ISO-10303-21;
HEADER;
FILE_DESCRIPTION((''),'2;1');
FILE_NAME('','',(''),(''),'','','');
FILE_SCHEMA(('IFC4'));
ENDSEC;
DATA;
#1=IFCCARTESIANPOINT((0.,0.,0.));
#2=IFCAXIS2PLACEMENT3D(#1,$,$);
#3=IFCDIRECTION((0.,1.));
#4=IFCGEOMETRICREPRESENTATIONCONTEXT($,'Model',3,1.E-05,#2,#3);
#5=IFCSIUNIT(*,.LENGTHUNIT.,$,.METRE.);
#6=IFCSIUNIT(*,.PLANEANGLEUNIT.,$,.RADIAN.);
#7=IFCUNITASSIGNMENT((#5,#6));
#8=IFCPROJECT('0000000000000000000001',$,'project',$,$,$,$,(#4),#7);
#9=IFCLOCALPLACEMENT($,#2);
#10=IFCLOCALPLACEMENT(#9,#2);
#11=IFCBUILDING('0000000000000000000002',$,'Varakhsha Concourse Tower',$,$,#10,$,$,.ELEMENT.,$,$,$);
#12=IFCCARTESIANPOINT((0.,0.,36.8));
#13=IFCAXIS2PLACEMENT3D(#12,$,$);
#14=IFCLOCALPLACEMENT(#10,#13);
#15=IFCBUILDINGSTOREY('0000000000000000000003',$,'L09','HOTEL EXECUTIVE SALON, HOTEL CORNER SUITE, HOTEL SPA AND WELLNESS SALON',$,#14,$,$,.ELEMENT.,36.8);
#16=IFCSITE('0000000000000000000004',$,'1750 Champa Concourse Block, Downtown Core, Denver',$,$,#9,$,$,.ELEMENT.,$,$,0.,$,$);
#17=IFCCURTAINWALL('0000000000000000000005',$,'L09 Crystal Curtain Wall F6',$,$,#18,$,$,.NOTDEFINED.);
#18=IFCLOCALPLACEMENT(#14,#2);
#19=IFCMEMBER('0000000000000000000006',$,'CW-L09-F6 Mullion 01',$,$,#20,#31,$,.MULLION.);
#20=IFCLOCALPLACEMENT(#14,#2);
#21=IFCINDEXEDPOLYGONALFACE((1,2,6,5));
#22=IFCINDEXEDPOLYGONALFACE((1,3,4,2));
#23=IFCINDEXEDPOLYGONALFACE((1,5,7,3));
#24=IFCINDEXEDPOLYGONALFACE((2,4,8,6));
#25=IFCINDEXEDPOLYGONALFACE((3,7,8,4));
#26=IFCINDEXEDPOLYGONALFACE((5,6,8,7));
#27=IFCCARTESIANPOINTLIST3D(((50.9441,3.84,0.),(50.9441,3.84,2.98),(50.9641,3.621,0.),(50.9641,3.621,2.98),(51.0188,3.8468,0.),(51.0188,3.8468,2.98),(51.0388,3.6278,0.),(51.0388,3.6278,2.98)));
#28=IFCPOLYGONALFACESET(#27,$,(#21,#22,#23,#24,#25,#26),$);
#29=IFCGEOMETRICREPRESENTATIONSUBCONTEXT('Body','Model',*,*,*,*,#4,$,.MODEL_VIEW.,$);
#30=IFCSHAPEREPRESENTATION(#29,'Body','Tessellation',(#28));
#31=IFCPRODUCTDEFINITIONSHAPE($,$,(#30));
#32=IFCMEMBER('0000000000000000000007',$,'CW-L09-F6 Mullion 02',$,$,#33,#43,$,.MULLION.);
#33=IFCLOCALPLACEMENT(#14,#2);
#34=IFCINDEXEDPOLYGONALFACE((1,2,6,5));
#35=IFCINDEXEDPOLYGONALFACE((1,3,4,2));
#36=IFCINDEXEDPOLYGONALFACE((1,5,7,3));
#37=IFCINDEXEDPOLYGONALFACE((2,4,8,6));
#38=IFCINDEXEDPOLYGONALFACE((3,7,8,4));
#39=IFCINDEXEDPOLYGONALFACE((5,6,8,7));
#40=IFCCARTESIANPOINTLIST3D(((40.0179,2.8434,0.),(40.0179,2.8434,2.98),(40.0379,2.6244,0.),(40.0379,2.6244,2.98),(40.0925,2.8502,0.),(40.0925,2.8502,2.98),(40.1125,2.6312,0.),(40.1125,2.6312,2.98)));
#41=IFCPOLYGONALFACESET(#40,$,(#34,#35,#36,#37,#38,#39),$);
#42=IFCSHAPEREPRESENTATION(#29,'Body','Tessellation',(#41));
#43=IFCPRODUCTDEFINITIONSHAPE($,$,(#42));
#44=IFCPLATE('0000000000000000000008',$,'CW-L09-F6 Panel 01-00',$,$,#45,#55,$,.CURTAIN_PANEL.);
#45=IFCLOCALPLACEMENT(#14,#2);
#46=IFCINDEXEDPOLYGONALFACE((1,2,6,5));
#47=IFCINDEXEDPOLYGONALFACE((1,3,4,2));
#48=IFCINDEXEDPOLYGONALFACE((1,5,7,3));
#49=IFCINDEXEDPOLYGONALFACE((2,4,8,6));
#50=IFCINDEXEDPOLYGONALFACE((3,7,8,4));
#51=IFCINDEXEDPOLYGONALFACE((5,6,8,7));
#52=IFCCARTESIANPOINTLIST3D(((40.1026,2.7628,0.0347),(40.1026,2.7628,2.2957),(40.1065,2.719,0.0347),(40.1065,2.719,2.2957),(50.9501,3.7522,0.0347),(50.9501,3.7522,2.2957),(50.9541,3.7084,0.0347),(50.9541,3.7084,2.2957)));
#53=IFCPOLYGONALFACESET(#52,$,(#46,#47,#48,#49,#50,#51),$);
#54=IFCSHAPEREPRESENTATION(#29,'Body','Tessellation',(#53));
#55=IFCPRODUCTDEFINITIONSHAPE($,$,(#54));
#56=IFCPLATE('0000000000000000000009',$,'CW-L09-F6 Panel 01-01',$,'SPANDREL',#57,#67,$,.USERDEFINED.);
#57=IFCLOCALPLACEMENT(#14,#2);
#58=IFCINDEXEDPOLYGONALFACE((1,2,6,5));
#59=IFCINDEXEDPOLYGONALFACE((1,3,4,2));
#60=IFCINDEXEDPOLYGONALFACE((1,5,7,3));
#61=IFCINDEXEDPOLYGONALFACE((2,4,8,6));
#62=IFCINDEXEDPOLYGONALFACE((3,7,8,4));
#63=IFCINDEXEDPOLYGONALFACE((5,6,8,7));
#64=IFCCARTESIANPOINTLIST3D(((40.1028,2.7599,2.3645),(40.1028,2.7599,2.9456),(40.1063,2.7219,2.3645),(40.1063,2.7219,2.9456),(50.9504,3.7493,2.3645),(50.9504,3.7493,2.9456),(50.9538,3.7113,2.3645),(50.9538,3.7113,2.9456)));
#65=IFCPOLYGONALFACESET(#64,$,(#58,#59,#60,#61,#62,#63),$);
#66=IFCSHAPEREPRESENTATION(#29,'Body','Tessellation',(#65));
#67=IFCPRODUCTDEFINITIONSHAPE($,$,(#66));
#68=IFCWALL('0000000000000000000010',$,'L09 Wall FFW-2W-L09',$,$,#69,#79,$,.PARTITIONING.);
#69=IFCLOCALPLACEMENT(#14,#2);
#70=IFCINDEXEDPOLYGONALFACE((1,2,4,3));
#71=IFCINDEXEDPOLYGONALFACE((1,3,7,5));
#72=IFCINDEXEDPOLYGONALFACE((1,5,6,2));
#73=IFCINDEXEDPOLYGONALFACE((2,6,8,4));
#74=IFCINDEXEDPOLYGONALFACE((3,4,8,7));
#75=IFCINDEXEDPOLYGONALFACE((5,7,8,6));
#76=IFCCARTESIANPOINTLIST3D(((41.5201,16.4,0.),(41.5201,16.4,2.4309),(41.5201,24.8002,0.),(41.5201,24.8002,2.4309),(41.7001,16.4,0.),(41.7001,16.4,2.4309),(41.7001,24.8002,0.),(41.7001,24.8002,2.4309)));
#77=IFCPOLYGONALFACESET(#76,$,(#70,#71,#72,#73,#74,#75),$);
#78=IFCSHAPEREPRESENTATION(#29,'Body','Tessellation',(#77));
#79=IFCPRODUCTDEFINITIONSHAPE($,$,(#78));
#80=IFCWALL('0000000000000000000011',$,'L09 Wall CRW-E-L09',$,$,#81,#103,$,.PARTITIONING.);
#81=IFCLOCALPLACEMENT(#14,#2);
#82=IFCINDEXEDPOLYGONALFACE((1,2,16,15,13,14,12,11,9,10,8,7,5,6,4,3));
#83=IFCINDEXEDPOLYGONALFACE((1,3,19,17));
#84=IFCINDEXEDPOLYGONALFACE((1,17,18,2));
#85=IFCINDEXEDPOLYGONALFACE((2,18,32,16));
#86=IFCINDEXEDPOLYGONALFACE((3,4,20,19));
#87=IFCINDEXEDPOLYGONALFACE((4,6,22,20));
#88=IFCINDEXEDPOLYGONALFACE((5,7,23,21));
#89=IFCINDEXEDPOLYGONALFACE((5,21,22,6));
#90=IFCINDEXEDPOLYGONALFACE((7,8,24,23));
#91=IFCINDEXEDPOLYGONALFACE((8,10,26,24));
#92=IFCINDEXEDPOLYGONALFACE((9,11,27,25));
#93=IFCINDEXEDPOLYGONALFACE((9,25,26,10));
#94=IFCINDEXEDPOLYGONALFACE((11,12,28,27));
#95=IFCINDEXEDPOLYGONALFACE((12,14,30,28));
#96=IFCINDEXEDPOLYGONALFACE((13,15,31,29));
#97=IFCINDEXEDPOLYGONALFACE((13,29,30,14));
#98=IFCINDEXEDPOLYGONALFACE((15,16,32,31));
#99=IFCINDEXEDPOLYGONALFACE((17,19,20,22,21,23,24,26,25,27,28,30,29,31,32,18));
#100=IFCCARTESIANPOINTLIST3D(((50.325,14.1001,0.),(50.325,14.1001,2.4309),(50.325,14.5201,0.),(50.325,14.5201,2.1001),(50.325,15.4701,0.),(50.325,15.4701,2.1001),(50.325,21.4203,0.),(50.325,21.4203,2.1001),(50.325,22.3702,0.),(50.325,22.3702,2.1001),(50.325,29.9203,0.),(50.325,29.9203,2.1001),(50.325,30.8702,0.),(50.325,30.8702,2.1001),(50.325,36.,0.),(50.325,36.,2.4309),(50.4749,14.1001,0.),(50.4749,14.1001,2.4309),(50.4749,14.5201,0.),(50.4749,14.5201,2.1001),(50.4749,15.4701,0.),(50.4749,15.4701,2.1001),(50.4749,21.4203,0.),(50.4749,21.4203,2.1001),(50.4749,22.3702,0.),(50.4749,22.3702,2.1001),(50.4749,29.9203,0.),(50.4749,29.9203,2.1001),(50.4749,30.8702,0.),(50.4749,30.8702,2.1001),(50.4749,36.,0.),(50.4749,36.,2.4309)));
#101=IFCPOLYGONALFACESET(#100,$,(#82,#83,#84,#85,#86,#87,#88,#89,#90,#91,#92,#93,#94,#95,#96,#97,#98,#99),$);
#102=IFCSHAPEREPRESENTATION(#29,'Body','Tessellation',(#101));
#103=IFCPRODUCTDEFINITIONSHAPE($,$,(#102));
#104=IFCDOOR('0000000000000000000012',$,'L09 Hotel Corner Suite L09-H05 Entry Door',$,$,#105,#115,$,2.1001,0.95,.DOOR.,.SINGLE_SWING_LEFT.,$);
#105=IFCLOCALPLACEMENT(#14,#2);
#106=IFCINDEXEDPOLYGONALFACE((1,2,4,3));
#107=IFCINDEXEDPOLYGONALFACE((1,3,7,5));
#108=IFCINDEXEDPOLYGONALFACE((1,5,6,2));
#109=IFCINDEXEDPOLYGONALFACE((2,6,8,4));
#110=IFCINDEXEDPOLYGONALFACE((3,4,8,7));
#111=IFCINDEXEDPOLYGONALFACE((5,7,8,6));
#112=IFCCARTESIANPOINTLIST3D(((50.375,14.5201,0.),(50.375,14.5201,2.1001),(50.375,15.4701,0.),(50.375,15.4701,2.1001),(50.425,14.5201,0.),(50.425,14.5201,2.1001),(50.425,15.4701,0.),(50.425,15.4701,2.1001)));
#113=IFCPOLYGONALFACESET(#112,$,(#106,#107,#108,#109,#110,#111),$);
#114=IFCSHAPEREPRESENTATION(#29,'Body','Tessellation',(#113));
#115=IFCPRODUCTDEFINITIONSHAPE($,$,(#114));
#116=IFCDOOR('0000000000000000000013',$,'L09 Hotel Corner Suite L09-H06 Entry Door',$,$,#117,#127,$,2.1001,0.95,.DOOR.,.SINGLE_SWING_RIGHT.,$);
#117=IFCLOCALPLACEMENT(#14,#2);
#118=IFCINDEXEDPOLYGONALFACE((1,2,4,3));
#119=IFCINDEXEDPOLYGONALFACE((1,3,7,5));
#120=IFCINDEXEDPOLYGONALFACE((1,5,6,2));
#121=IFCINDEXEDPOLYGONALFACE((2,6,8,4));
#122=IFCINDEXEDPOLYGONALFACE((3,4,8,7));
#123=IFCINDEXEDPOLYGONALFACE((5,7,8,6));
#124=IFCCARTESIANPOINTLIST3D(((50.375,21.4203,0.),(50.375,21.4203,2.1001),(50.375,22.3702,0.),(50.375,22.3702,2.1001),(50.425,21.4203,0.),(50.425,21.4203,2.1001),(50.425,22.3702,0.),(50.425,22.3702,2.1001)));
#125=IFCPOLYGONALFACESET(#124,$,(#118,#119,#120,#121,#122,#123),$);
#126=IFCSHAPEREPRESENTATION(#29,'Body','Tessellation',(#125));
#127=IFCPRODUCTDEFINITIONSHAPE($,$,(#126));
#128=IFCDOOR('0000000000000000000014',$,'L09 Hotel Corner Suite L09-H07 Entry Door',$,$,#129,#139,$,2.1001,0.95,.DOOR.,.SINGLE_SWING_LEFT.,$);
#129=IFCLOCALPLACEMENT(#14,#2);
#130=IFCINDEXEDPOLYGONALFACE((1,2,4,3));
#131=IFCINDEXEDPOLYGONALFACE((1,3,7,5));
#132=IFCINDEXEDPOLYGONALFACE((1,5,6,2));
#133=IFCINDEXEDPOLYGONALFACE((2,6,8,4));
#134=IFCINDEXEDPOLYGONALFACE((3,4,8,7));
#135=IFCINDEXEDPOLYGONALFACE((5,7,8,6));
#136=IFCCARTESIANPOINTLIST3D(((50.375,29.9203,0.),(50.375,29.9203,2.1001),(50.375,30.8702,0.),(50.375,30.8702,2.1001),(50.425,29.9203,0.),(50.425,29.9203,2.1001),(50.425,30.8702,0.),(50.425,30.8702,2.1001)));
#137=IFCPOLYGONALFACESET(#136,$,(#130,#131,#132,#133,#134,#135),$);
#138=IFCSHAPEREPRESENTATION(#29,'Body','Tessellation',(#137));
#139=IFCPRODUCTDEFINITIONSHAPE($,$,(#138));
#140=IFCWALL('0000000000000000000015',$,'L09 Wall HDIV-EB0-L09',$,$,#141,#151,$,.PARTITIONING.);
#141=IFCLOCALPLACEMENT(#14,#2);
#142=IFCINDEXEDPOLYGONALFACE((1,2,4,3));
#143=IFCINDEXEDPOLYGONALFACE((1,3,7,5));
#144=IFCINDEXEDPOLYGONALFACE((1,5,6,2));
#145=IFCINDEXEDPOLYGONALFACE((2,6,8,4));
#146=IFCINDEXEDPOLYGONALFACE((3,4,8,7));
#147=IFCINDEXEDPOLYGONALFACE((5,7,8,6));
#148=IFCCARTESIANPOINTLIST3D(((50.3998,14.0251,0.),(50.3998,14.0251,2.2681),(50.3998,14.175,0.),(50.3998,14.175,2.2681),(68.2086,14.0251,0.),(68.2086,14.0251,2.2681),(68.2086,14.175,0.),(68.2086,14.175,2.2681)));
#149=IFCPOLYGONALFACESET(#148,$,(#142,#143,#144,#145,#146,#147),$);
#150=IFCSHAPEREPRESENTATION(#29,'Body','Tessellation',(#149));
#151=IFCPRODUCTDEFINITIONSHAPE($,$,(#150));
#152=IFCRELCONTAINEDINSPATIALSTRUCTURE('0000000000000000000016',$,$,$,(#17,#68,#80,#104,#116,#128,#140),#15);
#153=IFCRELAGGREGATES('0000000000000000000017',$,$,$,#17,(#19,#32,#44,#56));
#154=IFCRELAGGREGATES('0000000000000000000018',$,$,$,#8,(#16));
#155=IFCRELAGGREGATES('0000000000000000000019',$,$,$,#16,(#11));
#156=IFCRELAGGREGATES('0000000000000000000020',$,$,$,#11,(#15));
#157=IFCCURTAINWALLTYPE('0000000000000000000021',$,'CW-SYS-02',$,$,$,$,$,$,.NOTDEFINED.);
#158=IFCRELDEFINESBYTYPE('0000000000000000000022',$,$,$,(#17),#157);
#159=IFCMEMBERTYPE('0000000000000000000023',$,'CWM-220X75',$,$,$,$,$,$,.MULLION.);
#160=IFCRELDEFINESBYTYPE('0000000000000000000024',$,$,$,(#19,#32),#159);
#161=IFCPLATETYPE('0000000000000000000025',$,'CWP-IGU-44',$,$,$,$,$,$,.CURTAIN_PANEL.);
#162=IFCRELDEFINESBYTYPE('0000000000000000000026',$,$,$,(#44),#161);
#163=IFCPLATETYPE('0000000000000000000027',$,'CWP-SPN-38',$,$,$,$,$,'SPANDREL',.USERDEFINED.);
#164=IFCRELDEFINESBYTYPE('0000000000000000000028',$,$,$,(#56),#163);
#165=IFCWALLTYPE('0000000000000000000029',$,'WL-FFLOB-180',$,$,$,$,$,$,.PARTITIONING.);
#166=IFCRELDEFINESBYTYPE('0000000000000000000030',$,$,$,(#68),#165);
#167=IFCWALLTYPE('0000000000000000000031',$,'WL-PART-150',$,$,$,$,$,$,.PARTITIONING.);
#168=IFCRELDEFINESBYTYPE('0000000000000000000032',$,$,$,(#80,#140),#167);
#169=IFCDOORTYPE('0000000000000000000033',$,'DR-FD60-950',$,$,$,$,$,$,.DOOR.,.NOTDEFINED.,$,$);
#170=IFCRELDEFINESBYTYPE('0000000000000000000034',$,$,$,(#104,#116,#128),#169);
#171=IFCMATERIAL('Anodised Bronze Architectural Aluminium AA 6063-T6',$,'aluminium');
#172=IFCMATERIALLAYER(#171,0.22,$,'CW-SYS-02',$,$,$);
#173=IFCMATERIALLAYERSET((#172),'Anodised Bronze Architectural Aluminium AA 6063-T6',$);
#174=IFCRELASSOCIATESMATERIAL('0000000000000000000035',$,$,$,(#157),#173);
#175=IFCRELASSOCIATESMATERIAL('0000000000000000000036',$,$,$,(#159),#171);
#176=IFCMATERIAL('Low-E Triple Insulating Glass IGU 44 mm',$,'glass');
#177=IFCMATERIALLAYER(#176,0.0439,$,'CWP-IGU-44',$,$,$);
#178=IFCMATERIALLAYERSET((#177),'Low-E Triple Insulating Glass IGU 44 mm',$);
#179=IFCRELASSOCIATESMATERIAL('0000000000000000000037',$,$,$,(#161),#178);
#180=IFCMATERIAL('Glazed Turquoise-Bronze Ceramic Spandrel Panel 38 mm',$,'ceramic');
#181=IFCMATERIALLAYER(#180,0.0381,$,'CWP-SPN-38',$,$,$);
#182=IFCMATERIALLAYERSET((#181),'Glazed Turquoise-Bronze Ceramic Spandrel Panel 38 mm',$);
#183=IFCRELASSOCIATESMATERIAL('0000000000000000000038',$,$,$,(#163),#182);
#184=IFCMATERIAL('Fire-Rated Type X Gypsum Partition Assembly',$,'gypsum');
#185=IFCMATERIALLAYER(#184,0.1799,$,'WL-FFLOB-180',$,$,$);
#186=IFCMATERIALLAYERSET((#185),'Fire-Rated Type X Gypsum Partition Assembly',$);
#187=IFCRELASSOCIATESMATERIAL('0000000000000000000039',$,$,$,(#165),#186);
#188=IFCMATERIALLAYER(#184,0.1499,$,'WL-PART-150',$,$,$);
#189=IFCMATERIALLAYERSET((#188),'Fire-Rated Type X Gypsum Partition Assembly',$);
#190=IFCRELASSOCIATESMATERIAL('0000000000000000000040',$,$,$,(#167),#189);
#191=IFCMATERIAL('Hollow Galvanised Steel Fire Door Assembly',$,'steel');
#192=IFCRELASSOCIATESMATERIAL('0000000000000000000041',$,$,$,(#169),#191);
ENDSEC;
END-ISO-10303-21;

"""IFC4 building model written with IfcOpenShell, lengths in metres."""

from ifc_helpers import new_model, si_unit, direction, frame, frame_2d, origin, origin_2d, place, context, subcontext, project, spatial, rectangle, extrude, source, transform, mapped, material, layer, layer_set, material_profile, profile_set, type_object, type_shapes, element, fill, aggregate, save


model = new_model("IFC4")

# Units and contexts
model_context = context("Model", 3, precision=1e-05, world=origin(), true_north=direction((0.0, 1.0)))
body_context = subcontext(model_context, "Body", "Model", "MODEL_VIEW")
ifc_project = project(units=[si_unit("LENGTHUNIT", "METRE"), si_unit("PLANEANGLEUNIT", "RADIAN")], contexts=[model_context])

# Site, building, storey
site_placement = place(None, origin())
site = spatial("IfcSite", under=ifc_project, at=site_placement, Name="1750 Champa Concourse Block, Downtown Core, Denver", CompositionType="ELEMENT", RefElevation=0.0)
building_placement = place(site_placement, origin())
building = spatial("IfcBuilding", under=site, at=building_placement, Name="Varakhsha Concourse Tower", CompositionType="ELEMENT")
storey_placement = place(building_placement, frame((0.0, 0.0, 36.8)))
storey = spatial("IfcBuildingStorey", under=building, at=storey_placement, Name="L09", Description="HOTEL EXECUTIVE SALON, HOTEL CORNER SUITE, HOTEL SPA AND WELLNESS SALON", CompositionType="ELEMENT", Elevation=36.8)

# Curtain wall, members, plates
ifc_material_1 = material(Name="Anodised Bronze Architectural Aluminium AA 6063-T6", Category="aluminium")
ifc_layer_1 = layer(ifc_material_1, 0.22, Name="CW-SYS-02")
ifc_layer_set_1 = layer_set([ifc_layer_1], Name="Anodised Bronze Architectural Aluminium AA 6063-T6")
curtain_wall_type = type_object("IfcCurtainWallType", Name="CW-SYS-02", PredefinedType="NOTDEFINED", material=ifc_layer_set_1)
curtain_wall_placement = place(storey_placement, origin())
curtain_wall = element("IfcCurtainWall", 1, at=curtain_wall_placement, inside=storey, type_object=curtain_wall_type, Name="L09 Crystal Curtain Wall F6", PredefinedType="NOTDEFINED")
ifc_material_profile_1 = material_profile(ifc_material_1, rectangle(XDim=0.075, YDim=0.22, at=origin_2d()), Name="CWM-220X75")
ifc_profile_set_1 = profile_set([ifc_material_profile_1], Name="Anodised Bronze Architectural Aluminium AA 6063-T6")
member_type = type_object("IfcMemberType", Name="CWM-220X75", PredefinedType="MULLION", material=ifc_profile_set_1)
shared_shape_1 = source(origin(), body_context, "Body", "SweptSolid", [
    extrude(rectangle(XDim=0.075, YDim=0.22, at=origin_2d()), origin(), (0.0, 0.0, 1.0), 2.98),
])
type_shapes(member_type, [shared_shape_1])
member_1_placement = place(storey_placement, frame((50.9915, 3.7339, 0.0), z_axis=(0.0, 0.0, 1.0), x_axis=(-0.995866, -0.090834, 0.0)))
member_1 = element("IfcMember", 2, at=member_1_placement, type_object=member_type, Name="CW-L09-F6 Mullion 01", PredefinedType="MULLION", context=body_context, shape_type="MappedRepresentation", body=[
    mapped(shared_shape_1, transform((0.0, 0.0, 0.0), scale=1.0)),
])
member_2_placement = place(storey_placement, frame((40.0652, 2.7373, 0.0), z_axis=(0.0, 0.0, 1.0), x_axis=(-0.995866, -0.090834, 0.0)))
member_2 = element("IfcMember", 3, at=member_2_placement, type_object=member_type, Name="CW-L09-F6 Mullion 02", PredefinedType="MULLION", context=body_context, shape_type="MappedRepresentation", body=[
    mapped(shared_shape_1, transform((0.0, 0.0, 0.0), scale=1.0)),
])
ifc_material_2 = material(Name="Low-E Triple Insulating Glass IGU 44 mm", Category="glass")
ifc_layer_2 = layer(ifc_material_2, 0.0439, Name="CWP-IGU-44")
ifc_layer_set_2 = layer_set([ifc_layer_2], Name="Low-E Triple Insulating Glass IGU 44 mm")
plate_type_1 = type_object("IfcPlateType", Name="CWP-IGU-44", PredefinedType="CURTAIN_PANEL", material=ifc_layer_set_2)
shared_shape_2 = source(origin(), body_context, "Body", "SweptSolid", [
    extrude(rectangle(XDim=10.8926, YDim=0.0439, at=origin_2d()), origin(), (0.0, 0.0, 1.0), 2.261),
])
type_shapes(plate_type_1, [shared_shape_2])
plate_1_placement = place(storey_placement, frame((45.5283, 3.2356, 0.0347), z_axis=(0.0, 0.0, 1.0), x_axis=(-0.995866, -0.090834, 0.0)))
plate_1 = element("IfcPlate", 4, at=plate_1_placement, type_object=plate_type_1, Name="CW-L09-F6 Panel 01-00", PredefinedType="CURTAIN_PANEL", context=body_context, shape_type="MappedRepresentation", body=[
    mapped(shared_shape_2, transform((0.0, 0.0, 0.0), scale=1.0)),
])
ifc_material_3 = material(Name="Glazed Turquoise-Bronze Ceramic Spandrel Panel 38 mm", Category="ceramic")
ifc_layer_3 = layer(ifc_material_3, 0.0381, Name="CWP-SPN-38")
ifc_layer_set_3 = layer_set([ifc_layer_3], Name="Glazed Turquoise-Bronze Ceramic Spandrel Panel 38 mm")
plate_type_2 = type_object("IfcPlateType", Name="CWP-SPN-38", ElementType="SPANDREL", PredefinedType="USERDEFINED", material=ifc_layer_set_3)
shared_shape_3 = source(origin(), body_context, "Body", "SweptSolid", [
    extrude(rectangle(XDim=10.8926, YDim=0.0381, at=origin_2d()), origin(), (0.0, 0.0, 1.0), 0.5811),
])
type_shapes(plate_type_2, [shared_shape_3])
plate_2_placement = place(storey_placement, frame((45.5283, 3.2356, 2.3645), z_axis=(0.0, 0.0, 1.0), x_axis=(-0.995866, -0.090834, 0.0)))
plate_2 = element("IfcPlate", 5, at=plate_2_placement, type_object=plate_type_2, Name="CW-L09-F6 Panel 01-01", ObjectType="SPANDREL", PredefinedType="USERDEFINED", context=body_context, shape_type="MappedRepresentation", body=[
    mapped(shared_shape_3, transform((0.0, 0.0, 0.0), scale=1.0)),
])
aggregate(curtain_wall, [member_1, member_2, plate_1, plate_2])

# Wall
ifc_material_4 = material(Name="Fire-Rated Type X Gypsum Partition Assembly", Category="gypsum")
ifc_layer_4 = layer(ifc_material_4, 0.1799, Name="WL-FFLOB-180")
ifc_layer_set_4 = layer_set([ifc_layer_4], Name="Fire-Rated Type X Gypsum Partition Assembly")
wall_type_1 = type_object("IfcWallType", Name="WL-FFLOB-180", PredefinedType="PARTITIONING", material=ifc_layer_set_4)
wall_1_placement = place(storey_placement, frame((41.6101, 16.3999, 0.0), z_axis=(0.0, 0.0, 1.0), x_axis=(0.0, 1.0, 0.0)))
element("IfcWall", 6, at=wall_1_placement, inside=storey, type_object=wall_type_1, Name="L09 Wall FFW-2W-L09", PredefinedType="PARTITIONING", context=body_context, shape_type="SweptSolid", body=[
    extrude(rectangle(XDim=8.4001, YDim=0.1799, at=frame_2d((4.2002, 0.0))), origin(), (0.0, 0.0, 1.0), 2.4309),
])

# Wall, openings, doors
ifc_layer_5 = layer(ifc_material_4, 0.1499, Name="WL-PART-150")
ifc_layer_set_5 = layer_set([ifc_layer_5], Name="Fire-Rated Type X Gypsum Partition Assembly")
wall_type_2 = type_object("IfcWallType", Name="WL-PART-150", PredefinedType="PARTITIONING", material=ifc_layer_set_5)
wall_2_placement = place(storey_placement, frame((50.3999, 14.1001, 0.0), z_axis=(0.0, 0.0, 1.0), x_axis=(0.0, 1.0, 0.0)))
wall_2 = element("IfcWall", 7, at=wall_2_placement, inside=storey, type_object=wall_type_2, Name="L09 Wall CRW-E-L09", PredefinedType="PARTITIONING", context=body_context, shape_type="SweptSolid", body=[
    extrude(rectangle(XDim=21.8999, YDim=0.1499, at=frame_2d((10.95, 0.0))), origin(), (0.0, 0.0, 1.0), 2.4309),
])
opening_1_placement = place(wall_2_placement, frame((0.4199, 0.0, 0.0)))
opening_1 = element("IfcOpeningElement", 8, at=opening_1_placement, cuts=wall_2, PredefinedType="OPENING", context=body_context, shape_type="SweptSolid", body=[
    extrude(rectangle(XDim=0.95, YDim=2.1001, at=frame_2d((0.4751, 1.05))), frame((0.0, 0.085, 0.0), z_axis=(0.0, -1.0, 0.0), x_axis=(1.0, 0.0, 0.0)), (0.0, 0.0, 1.0), 0.1699),
])
opening_2_placement = place(wall_2_placement, frame((7.3201, 0.0, 0.0)))
opening_2 = element("IfcOpeningElement", 9, at=opening_2_placement, cuts=wall_2, PredefinedType="OPENING", context=body_context, shape_type="SweptSolid", body=[
    extrude(rectangle(XDim=0.95, YDim=2.1001, at=frame_2d((0.4751, 1.05))), frame((0.0, 0.085, 0.0), z_axis=(0.0, -1.0, 0.0), x_axis=(1.0, 0.0, 0.0)), (0.0, 0.0, 1.0), 0.1699),
])
opening_3_placement = place(wall_2_placement, frame((15.8201, 0.0, 0.0)))
opening_3 = element("IfcOpeningElement", 10, at=opening_3_placement, cuts=wall_2, PredefinedType="OPENING", context=body_context, shape_type="SweptSolid", body=[
    extrude(rectangle(XDim=0.95, YDim=2.1001, at=frame_2d((0.4751, 1.05))), frame((0.0, 0.085, 0.0), z_axis=(0.0, -1.0, 0.0), x_axis=(1.0, 0.0, 0.0)), (0.0, 0.0, 1.0), 0.1699),
])
ifc_material_5 = material(Name="Hollow Galvanised Steel Fire Door Assembly", Category="steel")
door_type_1 = type_object("IfcDoorType", Name="DR-FD60-950", OperationType="NOTDEFINED", PredefinedType="DOOR", material=ifc_material_5)
door_1_placement = place(opening_1_placement, origin())
door_1 = element("IfcDoor", 11, at=door_1_placement, inside=storey, type_object=door_type_1, Name="L09 Hotel Corner Suite L09-H05 Entry Door", OperationType="SINGLE_SWING_LEFT", OverallHeight=2.1001, OverallWidth=0.95, PredefinedType="DOOR", context=body_context, shape_type="SweptSolid", body=[
    extrude(rectangle(XDim=0.95, YDim=2.1001, at=frame_2d((0.4751, 1.05))), frame((0.0, 0.0249, 0.0), z_axis=(0.0, -1.0, 0.0), x_axis=(1.0, 0.0, 0.0)), (0.0, 0.0, 1.0), 0.05),
])
fill(opening_1, door_1)
door_2_placement = place(opening_2_placement, origin())
door_2 = element("IfcDoor", 12, at=door_2_placement, inside=storey, type_object=door_type_1, Name="L09 Hotel Corner Suite L09-H06 Entry Door", OperationType="SINGLE_SWING_RIGHT", OverallHeight=2.1001, OverallWidth=0.95, PredefinedType="DOOR", context=body_context, shape_type="SweptSolid", body=[
    extrude(rectangle(XDim=0.95, YDim=2.1001, at=frame_2d((0.4751, 1.05))), frame((0.0, 0.0249, 0.0), z_axis=(0.0, -1.0, 0.0), x_axis=(1.0, 0.0, 0.0)), (0.0, 0.0, 1.0), 0.05),
])
fill(opening_2, door_2)
door_3_placement = place(opening_3_placement, origin())
door_3 = element("IfcDoor", 13, at=door_3_placement, inside=storey, type_object=door_type_1, Name="L09 Hotel Corner Suite L09-H07 Entry Door", OperationType="SINGLE_SWING_LEFT", OverallHeight=2.1001, OverallWidth=0.95, PredefinedType="DOOR", context=body_context, shape_type="SweptSolid", body=[
    extrude(rectangle(XDim=0.95, YDim=2.1001, at=frame_2d((0.4751, 1.05))), frame((0.0, 0.0249, 0.0), z_axis=(0.0, -1.0, 0.0), x_axis=(1.0, 0.0, 0.0)), (0.0, 0.0, 1.0), 0.05),
])
fill(opening_3, door_3)

# Wall
wall_3_placement = place(storey_placement, frame((50.3999, 14.1001, 0.0), z_axis=(0.0, 0.0, 1.0), x_axis=(1.0, 0.0, 0.0)))
element("IfcWall", 14, at=wall_3_placement, inside=storey, type_object=wall_type_2, Name="L09 Wall HDIV-EB0-L09", PredefinedType="PARTITIONING", context=body_context, shape_type="SweptSolid", body=[
    extrude(rectangle(XDim=17.8088, YDim=0.1499, at=frame_2d((8.9043, 0.0))), origin(), (0.0, 0.0, 1.0), 2.2681),
])

save(model, "model.ifc")
